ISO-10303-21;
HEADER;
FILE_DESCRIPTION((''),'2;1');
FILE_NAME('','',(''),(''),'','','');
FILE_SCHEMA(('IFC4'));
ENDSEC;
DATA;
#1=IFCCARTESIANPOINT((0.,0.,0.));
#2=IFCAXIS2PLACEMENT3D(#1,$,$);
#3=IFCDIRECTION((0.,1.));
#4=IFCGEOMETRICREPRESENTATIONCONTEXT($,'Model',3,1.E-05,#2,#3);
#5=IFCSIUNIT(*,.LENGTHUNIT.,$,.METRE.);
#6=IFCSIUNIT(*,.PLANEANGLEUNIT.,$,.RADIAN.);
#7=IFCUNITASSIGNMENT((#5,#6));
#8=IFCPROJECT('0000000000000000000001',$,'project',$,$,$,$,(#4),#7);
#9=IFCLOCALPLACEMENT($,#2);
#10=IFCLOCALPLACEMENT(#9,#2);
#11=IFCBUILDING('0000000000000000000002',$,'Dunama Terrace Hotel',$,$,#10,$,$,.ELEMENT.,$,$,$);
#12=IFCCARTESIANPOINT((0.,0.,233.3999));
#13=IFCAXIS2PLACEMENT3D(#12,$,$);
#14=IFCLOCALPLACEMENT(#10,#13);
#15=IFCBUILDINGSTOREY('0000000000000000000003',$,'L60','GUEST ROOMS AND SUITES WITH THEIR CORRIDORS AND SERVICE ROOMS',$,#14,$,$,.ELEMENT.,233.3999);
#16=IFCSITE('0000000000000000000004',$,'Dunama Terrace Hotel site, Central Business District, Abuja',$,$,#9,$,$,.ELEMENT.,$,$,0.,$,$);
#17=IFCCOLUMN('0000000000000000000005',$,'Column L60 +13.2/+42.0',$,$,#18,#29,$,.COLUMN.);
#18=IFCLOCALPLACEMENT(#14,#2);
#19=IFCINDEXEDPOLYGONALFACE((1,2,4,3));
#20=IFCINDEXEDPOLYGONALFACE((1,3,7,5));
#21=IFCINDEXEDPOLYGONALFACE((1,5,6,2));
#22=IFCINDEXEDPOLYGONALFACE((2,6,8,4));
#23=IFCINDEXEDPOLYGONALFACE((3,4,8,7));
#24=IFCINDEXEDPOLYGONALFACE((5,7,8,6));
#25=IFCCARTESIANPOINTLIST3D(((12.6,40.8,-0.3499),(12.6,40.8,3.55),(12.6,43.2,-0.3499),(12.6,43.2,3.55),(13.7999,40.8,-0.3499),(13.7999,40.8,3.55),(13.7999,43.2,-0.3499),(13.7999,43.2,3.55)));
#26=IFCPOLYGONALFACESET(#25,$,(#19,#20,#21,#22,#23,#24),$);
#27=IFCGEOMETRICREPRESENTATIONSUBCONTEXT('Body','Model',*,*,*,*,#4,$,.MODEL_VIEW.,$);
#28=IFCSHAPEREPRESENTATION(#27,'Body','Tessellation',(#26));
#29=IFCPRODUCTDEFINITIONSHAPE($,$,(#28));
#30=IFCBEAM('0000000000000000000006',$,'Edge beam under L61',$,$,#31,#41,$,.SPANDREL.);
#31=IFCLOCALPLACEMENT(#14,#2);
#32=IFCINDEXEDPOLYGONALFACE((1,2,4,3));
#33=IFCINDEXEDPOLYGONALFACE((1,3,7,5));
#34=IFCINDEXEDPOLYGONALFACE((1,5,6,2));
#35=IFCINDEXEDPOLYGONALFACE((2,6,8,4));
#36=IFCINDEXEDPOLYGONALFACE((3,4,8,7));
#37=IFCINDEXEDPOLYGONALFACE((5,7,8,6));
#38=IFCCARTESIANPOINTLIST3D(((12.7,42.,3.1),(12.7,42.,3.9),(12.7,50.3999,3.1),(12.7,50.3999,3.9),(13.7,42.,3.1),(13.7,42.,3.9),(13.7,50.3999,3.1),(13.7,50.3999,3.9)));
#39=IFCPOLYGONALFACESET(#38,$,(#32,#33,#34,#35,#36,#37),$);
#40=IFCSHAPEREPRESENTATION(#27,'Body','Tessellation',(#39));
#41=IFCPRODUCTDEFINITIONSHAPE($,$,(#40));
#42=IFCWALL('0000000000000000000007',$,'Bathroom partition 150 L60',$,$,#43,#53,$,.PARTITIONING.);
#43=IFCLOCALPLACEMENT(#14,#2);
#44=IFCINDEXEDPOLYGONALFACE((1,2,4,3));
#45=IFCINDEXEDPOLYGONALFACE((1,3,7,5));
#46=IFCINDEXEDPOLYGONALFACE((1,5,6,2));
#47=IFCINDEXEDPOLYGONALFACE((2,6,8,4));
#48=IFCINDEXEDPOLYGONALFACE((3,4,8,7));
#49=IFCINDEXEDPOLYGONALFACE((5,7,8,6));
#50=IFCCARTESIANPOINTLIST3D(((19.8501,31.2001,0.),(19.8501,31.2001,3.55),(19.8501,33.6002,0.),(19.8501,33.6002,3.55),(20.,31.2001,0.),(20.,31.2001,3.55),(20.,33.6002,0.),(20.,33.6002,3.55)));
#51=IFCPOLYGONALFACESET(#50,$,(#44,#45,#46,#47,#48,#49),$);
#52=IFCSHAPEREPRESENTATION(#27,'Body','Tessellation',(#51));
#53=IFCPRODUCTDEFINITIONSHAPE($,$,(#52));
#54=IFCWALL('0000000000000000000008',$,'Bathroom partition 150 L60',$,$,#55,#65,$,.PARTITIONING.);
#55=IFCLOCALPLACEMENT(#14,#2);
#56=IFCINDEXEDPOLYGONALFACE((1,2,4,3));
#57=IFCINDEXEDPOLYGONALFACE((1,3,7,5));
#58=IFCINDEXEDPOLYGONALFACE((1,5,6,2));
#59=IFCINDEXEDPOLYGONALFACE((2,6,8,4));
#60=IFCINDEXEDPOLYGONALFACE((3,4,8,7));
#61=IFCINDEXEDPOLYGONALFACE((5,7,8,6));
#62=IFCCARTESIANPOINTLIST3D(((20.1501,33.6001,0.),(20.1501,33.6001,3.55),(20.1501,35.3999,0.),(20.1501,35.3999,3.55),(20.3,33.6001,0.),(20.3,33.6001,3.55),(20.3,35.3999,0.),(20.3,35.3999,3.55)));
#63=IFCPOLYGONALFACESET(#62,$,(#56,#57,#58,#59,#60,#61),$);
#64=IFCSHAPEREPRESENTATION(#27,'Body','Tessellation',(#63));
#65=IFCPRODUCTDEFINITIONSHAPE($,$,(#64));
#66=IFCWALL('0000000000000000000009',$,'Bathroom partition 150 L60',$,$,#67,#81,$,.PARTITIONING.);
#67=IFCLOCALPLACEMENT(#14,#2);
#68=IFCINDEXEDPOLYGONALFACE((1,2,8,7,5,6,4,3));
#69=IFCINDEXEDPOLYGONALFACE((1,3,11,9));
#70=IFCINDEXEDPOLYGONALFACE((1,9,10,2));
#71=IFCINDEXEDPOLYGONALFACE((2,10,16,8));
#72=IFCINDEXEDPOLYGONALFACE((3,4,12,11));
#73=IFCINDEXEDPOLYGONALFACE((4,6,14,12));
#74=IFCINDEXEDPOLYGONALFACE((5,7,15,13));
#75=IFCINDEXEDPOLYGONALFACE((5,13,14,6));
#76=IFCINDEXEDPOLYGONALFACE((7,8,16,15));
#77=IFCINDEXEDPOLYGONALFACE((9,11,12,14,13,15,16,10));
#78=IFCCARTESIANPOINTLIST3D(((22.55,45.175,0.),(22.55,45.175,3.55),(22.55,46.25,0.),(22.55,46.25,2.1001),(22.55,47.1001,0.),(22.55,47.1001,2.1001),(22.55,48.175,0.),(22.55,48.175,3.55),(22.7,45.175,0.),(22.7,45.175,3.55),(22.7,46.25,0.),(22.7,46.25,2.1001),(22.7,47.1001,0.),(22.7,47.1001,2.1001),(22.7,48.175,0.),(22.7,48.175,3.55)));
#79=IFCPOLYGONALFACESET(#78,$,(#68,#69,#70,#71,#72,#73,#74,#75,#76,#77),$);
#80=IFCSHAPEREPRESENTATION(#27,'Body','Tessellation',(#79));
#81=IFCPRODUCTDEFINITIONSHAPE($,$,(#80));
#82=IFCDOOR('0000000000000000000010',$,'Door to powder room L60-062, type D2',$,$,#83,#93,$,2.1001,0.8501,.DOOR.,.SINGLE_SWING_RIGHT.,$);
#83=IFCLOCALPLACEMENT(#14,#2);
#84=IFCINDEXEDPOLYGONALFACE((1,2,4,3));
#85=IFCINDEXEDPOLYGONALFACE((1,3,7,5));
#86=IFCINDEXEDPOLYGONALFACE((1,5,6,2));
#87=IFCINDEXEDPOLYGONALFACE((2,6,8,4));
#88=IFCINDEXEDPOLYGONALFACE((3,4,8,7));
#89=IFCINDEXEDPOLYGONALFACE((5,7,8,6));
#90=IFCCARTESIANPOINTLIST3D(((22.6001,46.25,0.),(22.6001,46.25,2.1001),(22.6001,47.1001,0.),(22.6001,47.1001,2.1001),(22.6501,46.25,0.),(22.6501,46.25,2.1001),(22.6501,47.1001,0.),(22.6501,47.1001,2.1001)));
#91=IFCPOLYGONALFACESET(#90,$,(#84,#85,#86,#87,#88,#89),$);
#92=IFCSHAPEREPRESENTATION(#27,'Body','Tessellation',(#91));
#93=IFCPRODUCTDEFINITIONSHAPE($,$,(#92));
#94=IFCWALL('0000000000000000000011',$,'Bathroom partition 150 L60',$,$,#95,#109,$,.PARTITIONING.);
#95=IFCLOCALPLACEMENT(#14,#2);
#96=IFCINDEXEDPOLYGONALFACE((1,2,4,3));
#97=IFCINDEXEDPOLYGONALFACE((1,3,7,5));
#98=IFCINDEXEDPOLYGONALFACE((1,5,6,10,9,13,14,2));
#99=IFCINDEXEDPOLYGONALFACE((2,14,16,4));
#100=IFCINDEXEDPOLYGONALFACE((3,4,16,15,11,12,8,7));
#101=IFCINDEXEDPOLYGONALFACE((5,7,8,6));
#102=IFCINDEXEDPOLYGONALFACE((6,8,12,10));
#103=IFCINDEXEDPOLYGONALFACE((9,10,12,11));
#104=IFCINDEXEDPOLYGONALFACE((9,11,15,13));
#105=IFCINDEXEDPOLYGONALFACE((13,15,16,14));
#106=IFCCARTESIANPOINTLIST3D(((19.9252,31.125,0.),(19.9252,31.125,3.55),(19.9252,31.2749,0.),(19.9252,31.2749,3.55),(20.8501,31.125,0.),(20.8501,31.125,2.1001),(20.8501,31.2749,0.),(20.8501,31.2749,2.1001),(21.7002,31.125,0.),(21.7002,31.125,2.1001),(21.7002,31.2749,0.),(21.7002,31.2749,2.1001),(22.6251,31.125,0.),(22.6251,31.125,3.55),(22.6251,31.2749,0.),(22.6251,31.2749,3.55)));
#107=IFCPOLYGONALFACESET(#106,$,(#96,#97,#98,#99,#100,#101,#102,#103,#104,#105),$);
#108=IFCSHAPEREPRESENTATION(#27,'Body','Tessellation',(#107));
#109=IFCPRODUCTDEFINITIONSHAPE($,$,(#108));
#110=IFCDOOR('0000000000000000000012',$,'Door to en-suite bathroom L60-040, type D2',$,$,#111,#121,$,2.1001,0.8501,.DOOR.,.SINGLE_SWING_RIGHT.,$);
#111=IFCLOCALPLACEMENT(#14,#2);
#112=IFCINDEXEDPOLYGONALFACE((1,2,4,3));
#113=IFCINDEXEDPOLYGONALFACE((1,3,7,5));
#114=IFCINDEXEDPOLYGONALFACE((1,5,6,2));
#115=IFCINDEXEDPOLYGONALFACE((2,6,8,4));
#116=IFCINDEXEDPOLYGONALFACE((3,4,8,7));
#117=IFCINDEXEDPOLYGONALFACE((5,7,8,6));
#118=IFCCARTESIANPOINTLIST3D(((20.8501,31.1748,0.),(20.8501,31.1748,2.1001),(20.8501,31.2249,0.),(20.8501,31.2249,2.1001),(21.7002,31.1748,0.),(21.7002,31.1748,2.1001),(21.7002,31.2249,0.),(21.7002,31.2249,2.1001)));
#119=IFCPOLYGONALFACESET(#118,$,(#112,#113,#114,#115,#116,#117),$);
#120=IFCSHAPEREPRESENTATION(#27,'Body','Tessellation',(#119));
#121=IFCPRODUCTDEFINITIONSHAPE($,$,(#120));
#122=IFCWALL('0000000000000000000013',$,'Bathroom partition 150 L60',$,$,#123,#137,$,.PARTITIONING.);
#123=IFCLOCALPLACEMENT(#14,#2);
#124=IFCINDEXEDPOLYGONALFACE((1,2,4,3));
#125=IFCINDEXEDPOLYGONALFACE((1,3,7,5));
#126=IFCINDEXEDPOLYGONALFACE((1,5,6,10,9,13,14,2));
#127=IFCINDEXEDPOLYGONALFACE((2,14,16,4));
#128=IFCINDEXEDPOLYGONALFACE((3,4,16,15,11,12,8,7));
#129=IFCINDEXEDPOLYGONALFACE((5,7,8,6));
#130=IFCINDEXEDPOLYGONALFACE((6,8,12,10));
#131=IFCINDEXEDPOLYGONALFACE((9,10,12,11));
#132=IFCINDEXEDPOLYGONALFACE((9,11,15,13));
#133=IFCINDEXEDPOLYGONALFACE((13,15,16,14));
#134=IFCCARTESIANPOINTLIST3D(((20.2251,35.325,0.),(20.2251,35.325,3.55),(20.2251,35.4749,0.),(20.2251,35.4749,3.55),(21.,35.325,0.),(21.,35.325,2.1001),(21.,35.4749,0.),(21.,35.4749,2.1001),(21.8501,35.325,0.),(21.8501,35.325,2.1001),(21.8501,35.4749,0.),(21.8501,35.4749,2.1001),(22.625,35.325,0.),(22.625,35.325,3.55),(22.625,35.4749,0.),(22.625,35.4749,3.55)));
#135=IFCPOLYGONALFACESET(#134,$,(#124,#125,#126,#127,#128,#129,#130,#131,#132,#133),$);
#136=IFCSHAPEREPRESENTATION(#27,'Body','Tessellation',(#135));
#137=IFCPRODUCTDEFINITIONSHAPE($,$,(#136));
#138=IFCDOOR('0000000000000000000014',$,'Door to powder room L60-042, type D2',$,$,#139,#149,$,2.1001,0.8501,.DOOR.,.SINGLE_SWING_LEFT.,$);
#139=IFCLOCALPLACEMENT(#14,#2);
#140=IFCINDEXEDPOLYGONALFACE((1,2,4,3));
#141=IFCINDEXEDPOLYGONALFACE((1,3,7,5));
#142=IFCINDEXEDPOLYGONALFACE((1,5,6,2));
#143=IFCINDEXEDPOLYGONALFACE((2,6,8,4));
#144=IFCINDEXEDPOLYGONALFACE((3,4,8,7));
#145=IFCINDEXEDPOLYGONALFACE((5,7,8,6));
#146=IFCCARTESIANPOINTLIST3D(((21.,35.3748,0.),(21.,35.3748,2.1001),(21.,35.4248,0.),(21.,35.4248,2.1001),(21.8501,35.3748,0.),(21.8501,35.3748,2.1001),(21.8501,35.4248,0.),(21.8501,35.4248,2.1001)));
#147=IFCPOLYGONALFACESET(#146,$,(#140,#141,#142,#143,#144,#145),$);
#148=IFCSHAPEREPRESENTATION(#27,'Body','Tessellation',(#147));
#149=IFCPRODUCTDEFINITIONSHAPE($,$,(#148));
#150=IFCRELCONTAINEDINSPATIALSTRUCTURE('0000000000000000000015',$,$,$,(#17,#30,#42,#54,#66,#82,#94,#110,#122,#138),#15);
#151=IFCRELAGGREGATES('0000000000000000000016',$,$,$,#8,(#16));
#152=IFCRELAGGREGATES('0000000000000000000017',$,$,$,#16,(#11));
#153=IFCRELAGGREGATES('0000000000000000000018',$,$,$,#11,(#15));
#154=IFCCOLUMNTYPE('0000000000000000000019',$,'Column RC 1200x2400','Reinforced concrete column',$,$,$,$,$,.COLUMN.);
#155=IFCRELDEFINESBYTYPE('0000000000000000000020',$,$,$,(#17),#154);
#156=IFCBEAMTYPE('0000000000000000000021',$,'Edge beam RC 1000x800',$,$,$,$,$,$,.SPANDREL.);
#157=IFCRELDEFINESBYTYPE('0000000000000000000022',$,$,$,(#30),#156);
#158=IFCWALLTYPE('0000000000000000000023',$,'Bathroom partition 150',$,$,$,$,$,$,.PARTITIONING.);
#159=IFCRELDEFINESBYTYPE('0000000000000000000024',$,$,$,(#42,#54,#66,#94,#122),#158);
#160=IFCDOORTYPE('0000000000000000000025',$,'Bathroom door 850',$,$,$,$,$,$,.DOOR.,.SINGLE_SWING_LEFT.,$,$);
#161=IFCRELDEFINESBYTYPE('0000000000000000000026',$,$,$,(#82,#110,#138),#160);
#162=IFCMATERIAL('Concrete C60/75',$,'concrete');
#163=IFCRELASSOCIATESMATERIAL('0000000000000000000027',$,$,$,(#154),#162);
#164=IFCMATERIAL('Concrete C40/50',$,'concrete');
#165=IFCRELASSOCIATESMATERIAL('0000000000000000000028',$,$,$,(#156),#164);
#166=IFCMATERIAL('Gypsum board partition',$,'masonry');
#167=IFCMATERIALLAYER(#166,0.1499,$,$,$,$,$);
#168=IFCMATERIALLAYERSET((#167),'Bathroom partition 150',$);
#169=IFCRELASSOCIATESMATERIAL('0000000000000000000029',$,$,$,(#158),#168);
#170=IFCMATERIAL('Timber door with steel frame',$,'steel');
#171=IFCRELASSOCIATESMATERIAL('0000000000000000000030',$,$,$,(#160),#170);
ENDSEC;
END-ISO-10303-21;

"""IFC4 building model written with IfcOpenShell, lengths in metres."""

from ifc_helpers import new_model, si_unit, direction, frame, frame_2d, origin, origin_2d, place, context, subcontext, project, spatial, rectangle, extrude, material, layer, layer_set, material_profile, profile_set, type_object, element, fill, save


model = new_model("IFC4")

# Units and contexts
model_context = context("Model", 3, precision=1e-05, world=origin(), true_north=direction((0.0, 1.0)))
body_context = subcontext(model_context, "Body", "Model", "MODEL_VIEW")
ifc_project = project(units=[si_unit("LENGTHUNIT", "METRE"), si_unit("PLANEANGLEUNIT", "RADIAN")], contexts=[model_context])

# Site, building, storey
site_placement = place(None, origin())
site = spatial("IfcSite", under=ifc_project, at=site_placement, Name="Dunama Terrace Hotel site, Central Business District, Abuja", CompositionType="ELEMENT", RefElevation=0.0)
building_placement = place(site_placement, origin())
building = spatial("IfcBuilding", under=site, at=building_placement, Name="Dunama Terrace Hotel", CompositionType="ELEMENT")
storey_placement = place(building_placement, frame((0.0, 0.0, 233.3999)))
storey = spatial("IfcBuildingStorey", under=building, at=storey_placement, Name="L60", Description="GUEST ROOMS AND SUITES WITH THEIR CORRIDORS AND SERVICE ROOMS", CompositionType="ELEMENT", Elevation=233.3999)

# Column
ifc_material_1 = material(Name="Concrete C60/75", Category="concrete")
ifc_material_profile_1 = material_profile(ifc_material_1, rectangle(XDim=1.2, YDim=2.3999, at=origin_2d()), Name="RC 1200x2400")
ifc_profile_set_1 = profile_set([ifc_material_profile_1], Name="Concrete C60/75")
column_type = type_object("IfcColumnType", Name="Column RC 1200x2400", Description="Reinforced concrete column", PredefinedType="COLUMN", material=ifc_profile_set_1)
column_placement = place(storey_placement, frame((13.2, 42.0, -0.3499), z_axis=(0.0, 0.0, 1.0), x_axis=(1.0, 0.0, 0.0)))
element("IfcColumn", 1, at=column_placement, inside=storey, type_object=column_type, Name="Column L60 +13.2/+42.0", PredefinedType="COLUMN", context=body_context, shape_type="SweptSolid", body=[
    extrude(rectangle(XDim=1.2, YDim=2.3999, at=origin_2d()), origin(), (0.0, 0.0, 1.0), 3.8999),
])

# Beam
ifc_material_2 = material(Name="Concrete C40/50", Category="concrete")
ifc_material_profile_2 = material_profile(ifc_material_2, rectangle(XDim=1.0, YDim=0.8, at=origin_2d()), Name="RC 1000x800")
ifc_profile_set_2 = profile_set([ifc_material_profile_2], Name="Concrete C40/50")
beam_type = type_object("IfcBeamType", Name="Edge beam RC 1000x800", PredefinedType="SPANDREL", material=ifc_profile_set_2)
beam_placement = place(storey_placement, frame((13.2, 42.0, 3.5), z_axis=(0.0, 1.0, 0.0), x_axis=(-1.0, 0.0, 0.0)))
element("IfcBeam", 2, at=beam_placement, inside=storey, type_object=beam_type, Name="Edge beam under L61", PredefinedType="SPANDREL", context=body_context, shape_type="SweptSolid", body=[
    extrude(rectangle(XDim=1.0, YDim=0.8, at=origin_2d()), origin(), (0.0, 0.0, 1.0), 8.3999),
])

# Walls
ifc_material_3 = material(Name="Gypsum board partition", Category="masonry")
ifc_layer_1 = layer(ifc_material_3, 0.1499)
ifc_layer_set_1 = layer_set([ifc_layer_1], Name="Bathroom partition 150")
wall_type_1 = type_object("IfcWallType", Name="Bathroom partition 150", PredefinedType="PARTITIONING", material=ifc_layer_set_1)
wall_1_placement = place(storey_placement, frame((19.925, 31.2, 0.0), z_axis=(0.0, 0.0, 1.0), x_axis=(0.0, 1.0, 0.0)))
element("IfcWall", 3, at=wall_1_placement, inside=storey, type_object=wall_type_1, Name="Bathroom partition 150 L60", PredefinedType="PARTITIONING", context=body_context, shape_type="SweptSolid", body=[
    extrude(rectangle(XDim=2.4001, YDim=0.1499, at=frame_2d((1.2002, 0.0))), origin(), (0.0, 0.0, 1.0), 3.55),
])
wall_2_placement = place(storey_placement, frame((20.2251, 33.6001, 0.0), z_axis=(0.0, 0.0, 1.0), x_axis=(0.0, 1.0, 0.0)))
element("IfcWall", 4, at=wall_2_placement, inside=storey, type_object=wall_type_1, Name="Bathroom partition 150 L60", PredefinedType="PARTITIONING", context=body_context, shape_type="SweptSolid", body=[
    extrude(rectangle(XDim=1.7998, YDim=0.1499, at=frame_2d((0.8999, 0.0))), origin(), (0.0, 0.0, 1.0), 3.55),
])

# Walls, openings, doors
wall_3_placement = place(storey_placement, frame((22.625, 45.175, 0.0), z_axis=(0.0, 0.0, 1.0), x_axis=(0.0, 1.0, 0.0)))
wall_3 = element("IfcWall", 5, at=wall_3_placement, inside=storey, type_object=wall_type_1, Name="Bathroom partition 150 L60", PredefinedType="PARTITIONING", context=body_context, shape_type="SweptSolid", body=[
    extrude(rectangle(XDim=3.0, YDim=0.1499, at=frame_2d((1.5, 0.0))), origin(), (0.0, 0.0, 1.0), 3.55),
])
opening_1_placement = place(wall_3_placement, frame((1.075, 0.0, 0.0)))
opening_1 = element("IfcOpeningElement", 6, at=opening_1_placement, cuts=wall_3, PredefinedType="OPENING", context=body_context, shape_type="SweptSolid", body=[
    extrude(rectangle(XDim=0.8501, YDim=2.1001, at=frame_2d((0.425, 1.05))), frame((0.0, 0.085, 0.0), z_axis=(0.0, -1.0, 0.0), x_axis=(1.0, 0.0, 0.0)), (0.0, 0.0, 1.0), 0.1699),
])
ifc_material_4 = material(Name="Timber door with steel frame", Category="steel")
door_type_1 = type_object("IfcDoorType", Name="Bathroom door 850", OperationType="SINGLE_SWING_LEFT", PredefinedType="DOOR", material=ifc_material_4)
door_1_placement = place(opening_1_placement, frame((0.8501, 0.0, 0.0), z_axis=(0.0, 0.0, 1.0), x_axis=(-1.0, 0.0, 0.0)))
door_1 = element("IfcDoor", 7, at=door_1_placement, inside=storey, type_object=door_type_1, Name="Door to powder room L60-062, type D2", OperationType="SINGLE_SWING_RIGHT", OverallHeight=2.1001, OverallWidth=0.8501, PredefinedType="DOOR", context=body_context, shape_type="SweptSolid", body=[
    extrude(rectangle(XDim=0.8501, YDim=2.1001, at=frame_2d((0.425, 1.05))), frame((0.0, 0.0251, 0.0), z_axis=(0.0, -1.0, 0.0), x_axis=(1.0, 0.0, 0.0)), (0.0, 0.0, 1.0), 0.05),
])
fill(opening_1, door_1)
wall_4_placement = place(storey_placement, frame((19.925, 31.2, 0.0), z_axis=(0.0, 0.0, 1.0), x_axis=(1.0, 0.0, 0.0)))
wall_4 = element("IfcWall", 8, at=wall_4_placement, inside=storey, type_object=wall_type_1, Name="Bathroom partition 150 L60", PredefinedType="PARTITIONING", context=body_context, shape_type="SweptSolid", body=[
    extrude(rectangle(XDim=2.7, YDim=0.1499, at=frame_2d((1.3501, 0.0))), origin(), (0.0, 0.0, 1.0), 3.55),
])
opening_2_placement = place(wall_4_placement, frame((0.925, 0.0, 0.0)))
opening_2 = element("IfcOpeningElement", 9, at=opening_2_placement, cuts=wall_4, PredefinedType="OPENING", context=body_context, shape_type="SweptSolid", body=[
    extrude(rectangle(XDim=0.8501, YDim=2.1001, at=frame_2d((0.425, 1.05))), frame((0.0, 0.085, 0.0), z_axis=(0.0, -1.0, 0.0), x_axis=(1.0, 0.0, 0.0)), (0.0, 0.0, 1.0), 0.1699),
])
door_2_placement = place(opening_2_placement, origin())
door_2 = element("IfcDoor", 10, at=door_2_placement, inside=storey, type_object=door_type_1, Name="Door to en-suite bathroom L60-040, type D2", OperationType="SINGLE_SWING_RIGHT", OverallHeight=2.1001, OverallWidth=0.8501, PredefinedType="DOOR", context=body_context, shape_type="SweptSolid", body=[
    extrude(rectangle(XDim=0.8501, YDim=2.1001, at=frame_2d((0.425, 1.05))), frame((0.0, 0.0249, 0.0), z_axis=(0.0, -1.0, 0.0), x_axis=(1.0, 0.0, 0.0)), (0.0, 0.0, 1.0), 0.05),
])
fill(opening_2, door_2)
wall_5_placement = place(storey_placement, frame((20.2251, 35.3999, 0.0), z_axis=(0.0, 0.0, 1.0), x_axis=(1.0, 0.0, 0.0)))
wall_5 = element("IfcWall", 11, at=wall_5_placement, inside=storey, type_object=wall_type_1, Name="Bathroom partition 150 L60", PredefinedType="PARTITIONING", context=body_context, shape_type="SweptSolid", body=[
    extrude(rectangle(XDim=2.3999, YDim=0.1499, at=frame_2d((1.2, 0.0))), origin(), (0.0, 0.0, 1.0), 3.55),
])
opening_3_placement = place(wall_5_placement, frame((0.7749, 0.0, 0.0)))
opening_3 = element("IfcOpeningElement", 12, at=opening_3_placement, cuts=wall_5, PredefinedType="OPENING", context=body_context, shape_type="SweptSolid", body=[
    extrude(rectangle(XDim=0.8501, YDim=2.1001, at=frame_2d((0.425, 1.05))), frame((0.0, 0.085, 0.0), z_axis=(0.0, -1.0, 0.0), x_axis=(1.0, 0.0, 0.0)), (0.0, 0.0, 1.0), 0.1699),
])
door_3_placement = place(opening_3_placement, frame((0.8501, 0.0, 0.0), z_axis=(0.0, 0.0, 1.0), x_axis=(-1.0, 0.0, 0.0)))
door_3 = element("IfcDoor", 13, at=door_3_placement, inside=storey, type_object=door_type_1, Name="Door to powder room L60-042, type D2", OperationType="SINGLE_SWING_LEFT", OverallHeight=2.1001, OverallWidth=0.8501, PredefinedType="DOOR", context=body_context, shape_type="SweptSolid", body=[
    extrude(rectangle(XDim=0.8501, YDim=2.1001, at=frame_2d((0.425, 1.05))), frame((0.0, 0.0251, 0.0), z_axis=(0.0, -1.0, 0.0), x_axis=(1.0, 0.0, 0.0)), (0.0, 0.0, 1.0), 0.05),
])
fill(opening_3, door_3)

save(model, "model.ifc")
